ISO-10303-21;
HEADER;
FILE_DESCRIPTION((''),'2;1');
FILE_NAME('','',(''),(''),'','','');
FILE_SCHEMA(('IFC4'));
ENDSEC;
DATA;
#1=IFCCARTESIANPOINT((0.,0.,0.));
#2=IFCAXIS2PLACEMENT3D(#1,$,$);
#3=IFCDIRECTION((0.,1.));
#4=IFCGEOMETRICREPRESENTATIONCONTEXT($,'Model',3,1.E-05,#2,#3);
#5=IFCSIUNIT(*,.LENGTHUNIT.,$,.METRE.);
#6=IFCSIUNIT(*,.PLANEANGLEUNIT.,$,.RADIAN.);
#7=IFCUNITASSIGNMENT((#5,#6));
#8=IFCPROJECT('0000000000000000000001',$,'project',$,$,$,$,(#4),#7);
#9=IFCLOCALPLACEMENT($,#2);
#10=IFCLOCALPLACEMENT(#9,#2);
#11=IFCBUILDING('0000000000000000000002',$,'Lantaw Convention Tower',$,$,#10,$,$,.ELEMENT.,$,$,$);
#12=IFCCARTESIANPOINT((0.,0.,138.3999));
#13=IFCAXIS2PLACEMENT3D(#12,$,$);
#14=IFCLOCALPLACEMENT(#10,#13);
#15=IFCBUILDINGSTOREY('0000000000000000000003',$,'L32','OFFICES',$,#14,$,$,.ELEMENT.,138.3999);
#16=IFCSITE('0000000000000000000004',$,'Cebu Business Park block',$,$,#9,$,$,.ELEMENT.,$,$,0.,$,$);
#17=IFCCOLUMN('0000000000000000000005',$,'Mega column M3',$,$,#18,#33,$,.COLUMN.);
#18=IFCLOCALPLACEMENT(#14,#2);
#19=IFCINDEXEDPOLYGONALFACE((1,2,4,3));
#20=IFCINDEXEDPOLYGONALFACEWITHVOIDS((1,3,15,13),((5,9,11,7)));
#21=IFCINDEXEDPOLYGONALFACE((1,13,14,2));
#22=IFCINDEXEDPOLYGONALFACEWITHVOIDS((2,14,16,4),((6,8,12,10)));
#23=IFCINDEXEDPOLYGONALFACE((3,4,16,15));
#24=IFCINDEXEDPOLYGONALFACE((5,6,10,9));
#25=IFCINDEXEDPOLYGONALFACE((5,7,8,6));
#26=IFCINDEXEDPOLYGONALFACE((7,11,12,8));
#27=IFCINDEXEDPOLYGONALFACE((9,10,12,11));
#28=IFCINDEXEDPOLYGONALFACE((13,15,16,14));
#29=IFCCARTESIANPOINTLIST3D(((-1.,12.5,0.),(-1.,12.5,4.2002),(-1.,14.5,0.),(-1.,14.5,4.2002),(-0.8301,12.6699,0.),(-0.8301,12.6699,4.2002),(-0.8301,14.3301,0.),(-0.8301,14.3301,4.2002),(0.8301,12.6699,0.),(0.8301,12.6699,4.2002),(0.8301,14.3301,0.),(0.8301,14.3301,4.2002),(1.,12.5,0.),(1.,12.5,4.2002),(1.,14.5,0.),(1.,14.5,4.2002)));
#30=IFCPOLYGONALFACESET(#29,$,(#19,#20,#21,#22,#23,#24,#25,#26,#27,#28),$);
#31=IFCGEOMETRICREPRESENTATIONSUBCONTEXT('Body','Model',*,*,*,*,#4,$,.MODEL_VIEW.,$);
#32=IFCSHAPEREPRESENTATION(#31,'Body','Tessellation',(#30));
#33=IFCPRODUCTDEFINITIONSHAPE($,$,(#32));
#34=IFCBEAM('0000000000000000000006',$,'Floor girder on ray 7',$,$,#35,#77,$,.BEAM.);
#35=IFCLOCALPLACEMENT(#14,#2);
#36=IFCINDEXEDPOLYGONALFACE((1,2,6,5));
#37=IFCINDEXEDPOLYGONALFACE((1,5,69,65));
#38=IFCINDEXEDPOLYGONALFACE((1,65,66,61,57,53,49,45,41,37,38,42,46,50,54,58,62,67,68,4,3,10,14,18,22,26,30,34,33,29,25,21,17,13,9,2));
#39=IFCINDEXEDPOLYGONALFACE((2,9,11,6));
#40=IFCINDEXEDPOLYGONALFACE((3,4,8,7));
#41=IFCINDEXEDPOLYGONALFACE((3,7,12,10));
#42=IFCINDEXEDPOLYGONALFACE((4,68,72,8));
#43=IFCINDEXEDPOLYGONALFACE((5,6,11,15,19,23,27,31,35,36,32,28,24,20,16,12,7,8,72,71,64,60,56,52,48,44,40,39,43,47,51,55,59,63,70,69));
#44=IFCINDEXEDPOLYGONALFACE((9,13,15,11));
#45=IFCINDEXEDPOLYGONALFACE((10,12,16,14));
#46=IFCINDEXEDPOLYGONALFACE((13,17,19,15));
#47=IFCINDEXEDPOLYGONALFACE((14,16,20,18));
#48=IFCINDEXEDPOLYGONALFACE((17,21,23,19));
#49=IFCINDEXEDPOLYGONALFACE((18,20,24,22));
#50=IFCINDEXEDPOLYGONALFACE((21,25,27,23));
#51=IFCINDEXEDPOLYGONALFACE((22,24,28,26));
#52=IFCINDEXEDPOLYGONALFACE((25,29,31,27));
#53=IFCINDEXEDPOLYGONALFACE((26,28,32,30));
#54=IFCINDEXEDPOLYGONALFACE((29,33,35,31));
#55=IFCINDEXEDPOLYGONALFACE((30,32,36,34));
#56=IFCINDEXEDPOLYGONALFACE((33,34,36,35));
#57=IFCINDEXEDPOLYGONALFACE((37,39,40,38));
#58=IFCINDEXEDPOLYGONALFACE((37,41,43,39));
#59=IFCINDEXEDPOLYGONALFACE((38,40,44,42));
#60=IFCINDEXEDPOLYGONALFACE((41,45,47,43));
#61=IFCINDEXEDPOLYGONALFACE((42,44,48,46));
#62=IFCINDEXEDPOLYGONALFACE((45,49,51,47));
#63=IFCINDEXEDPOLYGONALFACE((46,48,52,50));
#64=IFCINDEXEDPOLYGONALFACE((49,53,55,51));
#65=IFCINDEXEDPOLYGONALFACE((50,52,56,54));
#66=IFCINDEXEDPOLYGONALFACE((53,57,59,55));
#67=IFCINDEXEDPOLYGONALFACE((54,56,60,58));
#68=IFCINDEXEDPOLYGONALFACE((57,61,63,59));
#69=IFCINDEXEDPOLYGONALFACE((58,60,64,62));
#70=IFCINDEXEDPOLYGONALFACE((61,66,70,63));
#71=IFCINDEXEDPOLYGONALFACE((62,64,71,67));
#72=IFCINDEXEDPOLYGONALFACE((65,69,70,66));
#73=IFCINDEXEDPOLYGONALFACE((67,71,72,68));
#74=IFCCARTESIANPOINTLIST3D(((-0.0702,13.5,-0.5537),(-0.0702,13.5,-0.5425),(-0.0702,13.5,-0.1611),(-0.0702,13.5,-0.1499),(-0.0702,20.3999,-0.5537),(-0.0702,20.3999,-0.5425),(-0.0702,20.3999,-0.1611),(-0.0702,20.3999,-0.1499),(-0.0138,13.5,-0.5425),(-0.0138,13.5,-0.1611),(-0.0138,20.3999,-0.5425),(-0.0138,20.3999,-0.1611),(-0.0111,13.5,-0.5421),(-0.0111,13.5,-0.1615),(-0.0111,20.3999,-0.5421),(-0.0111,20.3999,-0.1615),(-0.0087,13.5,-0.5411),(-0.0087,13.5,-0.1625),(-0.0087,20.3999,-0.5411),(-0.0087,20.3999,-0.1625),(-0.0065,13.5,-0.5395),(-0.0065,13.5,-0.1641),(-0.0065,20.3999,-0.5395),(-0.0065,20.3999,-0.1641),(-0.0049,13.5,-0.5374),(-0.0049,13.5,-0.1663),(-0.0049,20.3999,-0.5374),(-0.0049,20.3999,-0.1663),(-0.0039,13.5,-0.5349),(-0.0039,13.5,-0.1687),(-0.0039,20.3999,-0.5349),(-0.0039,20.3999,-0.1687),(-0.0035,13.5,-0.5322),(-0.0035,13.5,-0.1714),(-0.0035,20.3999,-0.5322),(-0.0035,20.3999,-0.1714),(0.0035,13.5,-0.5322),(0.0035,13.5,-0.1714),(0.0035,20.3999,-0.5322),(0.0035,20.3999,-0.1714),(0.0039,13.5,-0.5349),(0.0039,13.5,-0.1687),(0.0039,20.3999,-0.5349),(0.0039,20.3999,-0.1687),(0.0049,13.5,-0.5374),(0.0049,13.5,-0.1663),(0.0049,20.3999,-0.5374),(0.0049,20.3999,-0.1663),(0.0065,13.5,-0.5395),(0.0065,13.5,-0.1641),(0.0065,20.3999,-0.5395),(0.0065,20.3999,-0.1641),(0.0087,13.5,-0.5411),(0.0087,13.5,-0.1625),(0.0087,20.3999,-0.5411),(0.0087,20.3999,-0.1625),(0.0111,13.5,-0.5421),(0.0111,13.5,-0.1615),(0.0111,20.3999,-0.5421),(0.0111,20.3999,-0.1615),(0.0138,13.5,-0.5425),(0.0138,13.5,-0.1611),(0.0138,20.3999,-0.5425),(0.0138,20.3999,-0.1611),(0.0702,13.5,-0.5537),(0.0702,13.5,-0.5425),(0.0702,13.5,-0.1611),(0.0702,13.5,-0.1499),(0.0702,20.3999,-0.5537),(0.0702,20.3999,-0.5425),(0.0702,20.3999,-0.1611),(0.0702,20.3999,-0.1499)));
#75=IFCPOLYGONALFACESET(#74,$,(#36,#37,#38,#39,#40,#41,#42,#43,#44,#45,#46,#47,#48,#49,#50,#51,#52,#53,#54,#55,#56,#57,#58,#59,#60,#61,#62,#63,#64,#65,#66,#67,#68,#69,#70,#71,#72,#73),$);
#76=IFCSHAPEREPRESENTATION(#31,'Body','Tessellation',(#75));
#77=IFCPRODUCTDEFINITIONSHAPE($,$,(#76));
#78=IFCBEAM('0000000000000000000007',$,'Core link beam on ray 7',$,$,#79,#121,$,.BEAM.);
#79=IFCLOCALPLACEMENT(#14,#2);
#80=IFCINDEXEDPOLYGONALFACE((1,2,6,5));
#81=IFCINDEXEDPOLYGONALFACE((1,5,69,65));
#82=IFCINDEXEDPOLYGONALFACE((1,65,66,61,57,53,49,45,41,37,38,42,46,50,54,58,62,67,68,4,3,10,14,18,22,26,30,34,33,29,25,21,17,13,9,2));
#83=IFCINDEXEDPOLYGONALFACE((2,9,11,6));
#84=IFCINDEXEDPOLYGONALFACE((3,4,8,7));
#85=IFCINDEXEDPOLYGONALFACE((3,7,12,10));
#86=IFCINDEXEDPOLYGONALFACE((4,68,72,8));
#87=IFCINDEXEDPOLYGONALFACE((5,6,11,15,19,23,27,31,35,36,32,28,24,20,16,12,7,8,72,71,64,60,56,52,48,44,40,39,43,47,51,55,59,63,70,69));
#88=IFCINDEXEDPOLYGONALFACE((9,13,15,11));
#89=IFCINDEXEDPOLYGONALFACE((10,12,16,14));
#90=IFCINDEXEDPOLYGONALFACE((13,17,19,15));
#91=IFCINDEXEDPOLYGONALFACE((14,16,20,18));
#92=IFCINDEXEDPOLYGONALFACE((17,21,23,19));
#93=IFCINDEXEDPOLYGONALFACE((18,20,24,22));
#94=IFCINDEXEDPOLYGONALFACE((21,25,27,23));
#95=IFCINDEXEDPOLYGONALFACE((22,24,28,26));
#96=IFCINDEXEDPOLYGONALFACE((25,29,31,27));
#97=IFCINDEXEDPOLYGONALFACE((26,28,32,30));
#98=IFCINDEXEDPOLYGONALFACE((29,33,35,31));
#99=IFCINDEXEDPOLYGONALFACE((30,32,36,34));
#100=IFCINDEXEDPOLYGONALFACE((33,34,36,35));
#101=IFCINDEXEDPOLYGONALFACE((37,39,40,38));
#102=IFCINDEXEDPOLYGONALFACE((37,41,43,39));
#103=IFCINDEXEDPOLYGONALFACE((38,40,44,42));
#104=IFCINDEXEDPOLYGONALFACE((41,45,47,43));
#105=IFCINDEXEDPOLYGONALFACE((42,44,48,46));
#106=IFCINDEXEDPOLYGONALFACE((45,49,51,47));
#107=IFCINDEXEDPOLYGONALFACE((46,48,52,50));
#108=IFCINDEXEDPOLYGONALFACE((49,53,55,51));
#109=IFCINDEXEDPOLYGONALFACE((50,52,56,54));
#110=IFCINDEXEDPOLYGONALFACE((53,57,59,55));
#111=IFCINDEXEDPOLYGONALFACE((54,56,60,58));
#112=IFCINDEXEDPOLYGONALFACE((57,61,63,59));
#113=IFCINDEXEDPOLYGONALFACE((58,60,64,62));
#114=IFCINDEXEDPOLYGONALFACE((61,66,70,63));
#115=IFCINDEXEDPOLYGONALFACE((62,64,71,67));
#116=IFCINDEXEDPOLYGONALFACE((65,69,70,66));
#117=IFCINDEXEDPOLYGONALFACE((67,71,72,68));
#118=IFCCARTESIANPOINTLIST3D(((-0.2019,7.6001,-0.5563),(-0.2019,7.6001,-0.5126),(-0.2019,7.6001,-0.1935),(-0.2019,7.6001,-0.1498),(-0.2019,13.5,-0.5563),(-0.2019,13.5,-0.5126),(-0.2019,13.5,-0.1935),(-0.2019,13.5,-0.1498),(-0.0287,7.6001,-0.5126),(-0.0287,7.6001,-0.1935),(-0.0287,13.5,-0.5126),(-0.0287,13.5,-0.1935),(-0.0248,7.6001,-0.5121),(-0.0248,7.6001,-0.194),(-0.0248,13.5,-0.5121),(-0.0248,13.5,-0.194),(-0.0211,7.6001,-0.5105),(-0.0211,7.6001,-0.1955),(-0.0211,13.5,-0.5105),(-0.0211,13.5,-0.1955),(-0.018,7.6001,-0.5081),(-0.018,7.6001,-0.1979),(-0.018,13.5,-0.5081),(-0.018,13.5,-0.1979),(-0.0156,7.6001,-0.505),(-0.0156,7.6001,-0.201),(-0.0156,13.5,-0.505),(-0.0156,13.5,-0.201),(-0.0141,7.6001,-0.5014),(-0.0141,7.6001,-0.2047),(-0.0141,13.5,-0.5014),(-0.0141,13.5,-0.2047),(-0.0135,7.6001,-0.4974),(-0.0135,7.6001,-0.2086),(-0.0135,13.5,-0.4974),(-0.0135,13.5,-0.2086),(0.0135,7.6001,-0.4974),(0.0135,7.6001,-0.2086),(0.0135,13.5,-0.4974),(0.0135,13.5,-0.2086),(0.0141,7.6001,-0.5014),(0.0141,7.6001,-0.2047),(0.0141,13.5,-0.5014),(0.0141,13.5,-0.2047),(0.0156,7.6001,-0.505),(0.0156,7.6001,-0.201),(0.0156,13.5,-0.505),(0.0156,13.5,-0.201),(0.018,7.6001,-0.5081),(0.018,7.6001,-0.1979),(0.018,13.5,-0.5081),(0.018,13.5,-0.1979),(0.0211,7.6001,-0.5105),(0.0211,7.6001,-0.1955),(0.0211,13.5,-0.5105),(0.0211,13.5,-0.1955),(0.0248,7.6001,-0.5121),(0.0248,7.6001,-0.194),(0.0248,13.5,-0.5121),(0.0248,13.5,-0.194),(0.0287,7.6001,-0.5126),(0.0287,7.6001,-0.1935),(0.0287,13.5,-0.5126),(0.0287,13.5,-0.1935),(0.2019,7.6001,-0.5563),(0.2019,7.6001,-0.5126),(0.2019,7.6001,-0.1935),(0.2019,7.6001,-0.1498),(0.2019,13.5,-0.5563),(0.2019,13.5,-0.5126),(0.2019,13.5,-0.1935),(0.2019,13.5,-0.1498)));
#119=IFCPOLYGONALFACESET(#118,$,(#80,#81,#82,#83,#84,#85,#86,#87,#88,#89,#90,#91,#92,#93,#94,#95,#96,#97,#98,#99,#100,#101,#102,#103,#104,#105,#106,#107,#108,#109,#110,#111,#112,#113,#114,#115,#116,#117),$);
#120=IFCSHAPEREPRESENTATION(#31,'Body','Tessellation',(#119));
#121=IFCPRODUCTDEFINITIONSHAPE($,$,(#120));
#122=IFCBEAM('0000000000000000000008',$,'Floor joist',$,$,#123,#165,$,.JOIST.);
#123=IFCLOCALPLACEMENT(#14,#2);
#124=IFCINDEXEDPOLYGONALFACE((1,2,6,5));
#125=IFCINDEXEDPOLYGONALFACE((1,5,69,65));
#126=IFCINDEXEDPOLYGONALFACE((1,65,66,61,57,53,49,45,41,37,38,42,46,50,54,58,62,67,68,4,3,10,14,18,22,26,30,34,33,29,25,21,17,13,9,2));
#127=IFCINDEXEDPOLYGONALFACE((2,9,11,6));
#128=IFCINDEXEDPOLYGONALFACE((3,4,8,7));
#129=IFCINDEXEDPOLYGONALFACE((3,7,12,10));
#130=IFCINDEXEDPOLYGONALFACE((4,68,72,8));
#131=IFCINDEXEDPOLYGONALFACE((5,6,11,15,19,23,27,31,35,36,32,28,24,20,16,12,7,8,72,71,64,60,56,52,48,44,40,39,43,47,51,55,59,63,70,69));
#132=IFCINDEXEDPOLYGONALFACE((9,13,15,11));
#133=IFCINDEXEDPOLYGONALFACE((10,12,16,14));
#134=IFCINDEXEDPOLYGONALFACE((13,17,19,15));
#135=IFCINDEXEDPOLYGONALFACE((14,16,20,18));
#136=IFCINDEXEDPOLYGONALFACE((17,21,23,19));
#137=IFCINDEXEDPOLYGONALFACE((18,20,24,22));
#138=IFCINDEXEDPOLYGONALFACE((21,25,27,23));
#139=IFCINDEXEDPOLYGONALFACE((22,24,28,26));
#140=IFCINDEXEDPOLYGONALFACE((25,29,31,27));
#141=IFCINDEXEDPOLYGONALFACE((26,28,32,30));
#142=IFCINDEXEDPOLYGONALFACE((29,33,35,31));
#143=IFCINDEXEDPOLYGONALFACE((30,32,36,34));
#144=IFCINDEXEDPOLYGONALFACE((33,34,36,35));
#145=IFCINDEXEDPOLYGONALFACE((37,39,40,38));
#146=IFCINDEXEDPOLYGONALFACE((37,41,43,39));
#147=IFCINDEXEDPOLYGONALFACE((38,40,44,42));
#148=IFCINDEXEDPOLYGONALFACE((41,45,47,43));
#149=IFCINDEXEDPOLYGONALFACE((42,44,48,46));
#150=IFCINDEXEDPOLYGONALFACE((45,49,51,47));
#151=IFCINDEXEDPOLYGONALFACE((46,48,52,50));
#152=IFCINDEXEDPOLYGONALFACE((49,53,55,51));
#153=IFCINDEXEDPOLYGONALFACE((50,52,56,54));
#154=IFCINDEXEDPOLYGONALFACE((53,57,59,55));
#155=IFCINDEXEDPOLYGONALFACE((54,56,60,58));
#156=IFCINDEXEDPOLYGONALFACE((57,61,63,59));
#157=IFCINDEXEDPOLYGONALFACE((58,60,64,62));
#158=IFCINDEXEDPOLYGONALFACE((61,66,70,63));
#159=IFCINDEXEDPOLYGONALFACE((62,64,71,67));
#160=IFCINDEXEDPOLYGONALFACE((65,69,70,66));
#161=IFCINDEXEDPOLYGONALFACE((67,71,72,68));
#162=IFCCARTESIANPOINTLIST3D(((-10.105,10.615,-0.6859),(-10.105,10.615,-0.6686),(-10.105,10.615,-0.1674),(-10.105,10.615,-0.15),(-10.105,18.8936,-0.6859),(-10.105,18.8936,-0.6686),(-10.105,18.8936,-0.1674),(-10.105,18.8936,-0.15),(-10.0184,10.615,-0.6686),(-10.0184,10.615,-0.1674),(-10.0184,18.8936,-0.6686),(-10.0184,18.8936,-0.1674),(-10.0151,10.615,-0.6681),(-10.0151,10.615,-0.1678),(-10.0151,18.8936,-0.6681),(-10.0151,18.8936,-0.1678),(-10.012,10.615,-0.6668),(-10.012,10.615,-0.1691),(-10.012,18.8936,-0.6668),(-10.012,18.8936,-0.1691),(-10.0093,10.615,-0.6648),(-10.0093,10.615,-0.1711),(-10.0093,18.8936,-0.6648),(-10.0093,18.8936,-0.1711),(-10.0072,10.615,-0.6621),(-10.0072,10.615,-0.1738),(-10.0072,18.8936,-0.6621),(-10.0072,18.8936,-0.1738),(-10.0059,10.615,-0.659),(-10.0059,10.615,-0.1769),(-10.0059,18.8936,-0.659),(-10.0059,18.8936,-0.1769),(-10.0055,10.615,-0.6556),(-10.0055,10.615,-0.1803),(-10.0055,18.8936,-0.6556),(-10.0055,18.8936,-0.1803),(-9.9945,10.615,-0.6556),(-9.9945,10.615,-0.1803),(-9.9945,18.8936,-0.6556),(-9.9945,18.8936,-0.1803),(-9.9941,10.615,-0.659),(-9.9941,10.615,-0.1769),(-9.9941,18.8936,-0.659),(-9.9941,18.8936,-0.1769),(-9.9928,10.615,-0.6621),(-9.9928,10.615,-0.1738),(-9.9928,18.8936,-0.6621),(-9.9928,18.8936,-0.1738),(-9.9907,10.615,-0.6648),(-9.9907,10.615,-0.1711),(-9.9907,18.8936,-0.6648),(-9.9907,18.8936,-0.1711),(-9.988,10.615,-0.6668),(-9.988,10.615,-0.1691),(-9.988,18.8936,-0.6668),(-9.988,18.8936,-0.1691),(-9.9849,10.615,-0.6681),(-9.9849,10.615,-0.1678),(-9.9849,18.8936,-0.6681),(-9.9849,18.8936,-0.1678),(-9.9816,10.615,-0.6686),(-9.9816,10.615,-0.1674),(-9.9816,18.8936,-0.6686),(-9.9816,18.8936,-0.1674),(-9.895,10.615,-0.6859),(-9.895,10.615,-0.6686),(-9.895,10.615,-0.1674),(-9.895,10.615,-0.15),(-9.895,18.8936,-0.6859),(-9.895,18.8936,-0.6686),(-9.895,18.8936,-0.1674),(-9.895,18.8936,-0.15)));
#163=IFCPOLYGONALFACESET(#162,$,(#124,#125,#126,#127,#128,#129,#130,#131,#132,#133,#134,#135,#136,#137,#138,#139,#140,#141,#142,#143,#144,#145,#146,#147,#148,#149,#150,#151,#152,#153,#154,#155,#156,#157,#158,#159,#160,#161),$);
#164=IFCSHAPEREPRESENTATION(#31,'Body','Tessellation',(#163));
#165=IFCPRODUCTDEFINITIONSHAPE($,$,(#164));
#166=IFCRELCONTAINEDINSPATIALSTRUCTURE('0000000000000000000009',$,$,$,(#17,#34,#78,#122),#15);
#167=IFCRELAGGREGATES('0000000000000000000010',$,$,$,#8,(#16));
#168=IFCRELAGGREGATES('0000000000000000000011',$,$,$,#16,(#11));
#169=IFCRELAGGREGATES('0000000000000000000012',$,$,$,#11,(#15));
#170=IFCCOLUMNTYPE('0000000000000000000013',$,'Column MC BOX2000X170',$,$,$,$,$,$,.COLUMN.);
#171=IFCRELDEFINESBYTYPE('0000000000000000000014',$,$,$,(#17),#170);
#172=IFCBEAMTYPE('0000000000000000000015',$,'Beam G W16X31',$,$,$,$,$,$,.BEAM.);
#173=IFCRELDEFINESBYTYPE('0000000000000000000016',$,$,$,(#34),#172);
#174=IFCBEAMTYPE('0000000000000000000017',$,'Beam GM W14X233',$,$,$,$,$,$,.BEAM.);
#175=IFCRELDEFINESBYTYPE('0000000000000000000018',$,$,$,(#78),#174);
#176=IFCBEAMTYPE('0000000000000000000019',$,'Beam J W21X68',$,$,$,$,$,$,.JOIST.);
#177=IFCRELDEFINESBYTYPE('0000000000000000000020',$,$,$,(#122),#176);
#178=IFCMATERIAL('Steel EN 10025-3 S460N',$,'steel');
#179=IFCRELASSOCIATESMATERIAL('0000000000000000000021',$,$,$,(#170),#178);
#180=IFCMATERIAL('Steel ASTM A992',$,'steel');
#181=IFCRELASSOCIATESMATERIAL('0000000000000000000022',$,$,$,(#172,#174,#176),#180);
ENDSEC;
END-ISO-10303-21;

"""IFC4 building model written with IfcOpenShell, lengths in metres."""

from ifc_helpers import new_model, si_unit, direction, frame, origin, origin_2d, place, context, subcontext, project, spatial, rectangle, hollow_rectangle, i_section, extrude, material, material_profile, profile_set, type_object, element, save


model = new_model("IFC4")

# Units and contexts
model_context = context("Model", 3, precision=1e-05, world=origin(), true_north=direction((0.0, 1.0)))
body_context = subcontext(model_context, "Body", "Model", "MODEL_VIEW")
ifc_project = project(units=[si_unit("LENGTHUNIT", "METRE"), si_unit("PLANEANGLEUNIT", "RADIAN")], contexts=[model_context])

# Site, building, storey
site_placement = place(None, origin())
site = spatial("IfcSite", under=ifc_project, at=site_placement, Name="Cebu Business Park block", CompositionType="ELEMENT", RefElevation=0.0)
building_placement = place(site_placement, origin())
building = spatial("IfcBuilding", under=site, at=building_placement, Name="Lantaw Convention Tower", CompositionType="ELEMENT")
storey_placement = place(building_placement, frame((0.0, 0.0, 138.3999)))
storey = spatial("IfcBuildingStorey", under=building, at=storey_placement, Name="L32", Description="OFFICES", CompositionType="ELEMENT", Elevation=138.3999)

# Column
ifc_material_1 = material(Name="Steel EN 10025-3 S460N", Category="steel")
ifc_material_profile_1 = material_profile(ifc_material_1, hollow_rectangle(XDim=2.0, YDim=2.0, WallThickness=0.1699, at=origin_2d()), Name="BOX2000X170")
ifc_material_2 = material(Name="Concrete C60/75", Category="concrete")
ifc_material_profile_2 = material_profile(ifc_material_2, rectangle(XDim=1.6599, YDim=1.6599, at=origin_2d()), Name="Concrete fill of BOX2000X170")
ifc_profile_set_1 = profile_set([ifc_material_profile_1, ifc_material_profile_2], Name="Steel EN 10025-3 S460N")
column_type = type_object("IfcColumnType", Name="Column MC BOX2000X170", PredefinedType="COLUMN", material=ifc_profile_set_1)
column_placement = place(storey_placement, frame((0.0, 13.5, 0.0), z_axis=(0.0, 0.0, 1.0), x_axis=(1.0, 0.0, 0.0)))
element("IfcColumn", 1, at=column_placement, inside=storey, type_object=column_type, Name="Mega column M3", PredefinedType="COLUMN", context=body_context, shape_type="SweptSolid", body=[
    extrude(hollow_rectangle(XDim=2.0, YDim=2.0, WallThickness=0.1699, at=origin_2d()), origin(), (0.0, 0.0, 1.0), 4.2002),
])

# Beams
ifc_material_3 = material(Name="Steel ASTM A992", Category="steel")
ifc_material_profile_3 = material_profile(ifc_material_3, i_section(OverallWidth=0.1404, OverallDepth=0.4038, WebThickness=0.0071, FlangeThickness=0.0112, FilletRadius=0.0103, at=origin_2d()), Name="W16X31")
ifc_profile_set_2 = profile_set([ifc_material_profile_3], Name="Steel ASTM A992")
beam_type_1 = type_object("IfcBeamType", Name="Beam G W16X31", PredefinedType="BEAM", material=ifc_profile_set_2)
beam_1_placement = place(storey_placement, frame((0.0, 13.5, -0.3518), z_axis=(0.0, 1.0, 0.0), x_axis=(-1.0, 0.0, 0.0)))
element("IfcBeam", 2, at=beam_1_placement, inside=storey, type_object=beam_type_1, Name="Floor girder on ray 7", PredefinedType="BEAM", context=body_context, shape_type="SweptSolid", body=[
    extrude(i_section(OverallWidth=0.1404, OverallDepth=0.4038, WebThickness=0.0071, FlangeThickness=0.0112, FilletRadius=0.0103, at=origin_2d()), origin(), (0.0, 0.0, 1.0), 6.8999),
])
ifc_material_profile_4 = material_profile(ifc_material_3, i_section(OverallWidth=0.4038, OverallDepth=0.4065, WebThickness=0.0271, FlangeThickness=0.0437, FilletRadius=0.0151, at=origin_2d()), Name="W14X233")
ifc_profile_set_3 = profile_set([ifc_material_profile_4], Name="Steel ASTM A992")
beam_type_2 = type_object("IfcBeamType", Name="Beam GM W14X233", PredefinedType="BEAM", material=ifc_profile_set_3)
beam_2_placement = place(storey_placement, frame((0.0, 7.6001, -0.353), z_axis=(0.0, 1.0, 0.0), x_axis=(-1.0, 0.0, 0.0)))
element("IfcBeam", 3, at=beam_2_placement, inside=storey, type_object=beam_type_2, Name="Core link beam on ray 7", PredefinedType="BEAM", context=body_context, shape_type="SweptSolid", body=[
    extrude(i_section(OverallWidth=0.4038, OverallDepth=0.4065, WebThickness=0.0271, FlangeThickness=0.0437, FilletRadius=0.0151, at=origin_2d()), origin(), (0.0, 0.0, 1.0), 5.8999),
])
ifc_material_profile_5 = material_profile(ifc_material_3, i_section(OverallWidth=0.21, OverallDepth=0.5359, WebThickness=0.011, FlangeThickness=0.0173, FilletRadius=0.0129, at=origin_2d()), Name="W21X68")
ifc_profile_set_4 = profile_set([ifc_material_profile_5], Name="Steel ASTM A992")
beam_type_3 = type_object("IfcBeamType", Name="Beam J W21X68", PredefinedType="JOIST", material=ifc_profile_set_4)
beam_3_placement = place(storey_placement, frame((-10.0, 10.615, -0.418), z_axis=(0.0, 1.0, 0.0), x_axis=(-1.0, 0.0, 0.0)))
element("IfcBeam", 4, at=beam_3_placement, inside=storey, type_object=beam_type_3, Name="Floor joist", PredefinedType="JOIST", context=body_context, shape_type="SweptSolid", body=[
    extrude(i_section(OverallWidth=0.21, OverallDepth=0.5359, WebThickness=0.011, FlangeThickness=0.0173, FilletRadius=0.0129, at=origin_2d()), origin(), (0.0, 0.0, 1.0), 8.2786),
])

save(model, "model.ifc")
